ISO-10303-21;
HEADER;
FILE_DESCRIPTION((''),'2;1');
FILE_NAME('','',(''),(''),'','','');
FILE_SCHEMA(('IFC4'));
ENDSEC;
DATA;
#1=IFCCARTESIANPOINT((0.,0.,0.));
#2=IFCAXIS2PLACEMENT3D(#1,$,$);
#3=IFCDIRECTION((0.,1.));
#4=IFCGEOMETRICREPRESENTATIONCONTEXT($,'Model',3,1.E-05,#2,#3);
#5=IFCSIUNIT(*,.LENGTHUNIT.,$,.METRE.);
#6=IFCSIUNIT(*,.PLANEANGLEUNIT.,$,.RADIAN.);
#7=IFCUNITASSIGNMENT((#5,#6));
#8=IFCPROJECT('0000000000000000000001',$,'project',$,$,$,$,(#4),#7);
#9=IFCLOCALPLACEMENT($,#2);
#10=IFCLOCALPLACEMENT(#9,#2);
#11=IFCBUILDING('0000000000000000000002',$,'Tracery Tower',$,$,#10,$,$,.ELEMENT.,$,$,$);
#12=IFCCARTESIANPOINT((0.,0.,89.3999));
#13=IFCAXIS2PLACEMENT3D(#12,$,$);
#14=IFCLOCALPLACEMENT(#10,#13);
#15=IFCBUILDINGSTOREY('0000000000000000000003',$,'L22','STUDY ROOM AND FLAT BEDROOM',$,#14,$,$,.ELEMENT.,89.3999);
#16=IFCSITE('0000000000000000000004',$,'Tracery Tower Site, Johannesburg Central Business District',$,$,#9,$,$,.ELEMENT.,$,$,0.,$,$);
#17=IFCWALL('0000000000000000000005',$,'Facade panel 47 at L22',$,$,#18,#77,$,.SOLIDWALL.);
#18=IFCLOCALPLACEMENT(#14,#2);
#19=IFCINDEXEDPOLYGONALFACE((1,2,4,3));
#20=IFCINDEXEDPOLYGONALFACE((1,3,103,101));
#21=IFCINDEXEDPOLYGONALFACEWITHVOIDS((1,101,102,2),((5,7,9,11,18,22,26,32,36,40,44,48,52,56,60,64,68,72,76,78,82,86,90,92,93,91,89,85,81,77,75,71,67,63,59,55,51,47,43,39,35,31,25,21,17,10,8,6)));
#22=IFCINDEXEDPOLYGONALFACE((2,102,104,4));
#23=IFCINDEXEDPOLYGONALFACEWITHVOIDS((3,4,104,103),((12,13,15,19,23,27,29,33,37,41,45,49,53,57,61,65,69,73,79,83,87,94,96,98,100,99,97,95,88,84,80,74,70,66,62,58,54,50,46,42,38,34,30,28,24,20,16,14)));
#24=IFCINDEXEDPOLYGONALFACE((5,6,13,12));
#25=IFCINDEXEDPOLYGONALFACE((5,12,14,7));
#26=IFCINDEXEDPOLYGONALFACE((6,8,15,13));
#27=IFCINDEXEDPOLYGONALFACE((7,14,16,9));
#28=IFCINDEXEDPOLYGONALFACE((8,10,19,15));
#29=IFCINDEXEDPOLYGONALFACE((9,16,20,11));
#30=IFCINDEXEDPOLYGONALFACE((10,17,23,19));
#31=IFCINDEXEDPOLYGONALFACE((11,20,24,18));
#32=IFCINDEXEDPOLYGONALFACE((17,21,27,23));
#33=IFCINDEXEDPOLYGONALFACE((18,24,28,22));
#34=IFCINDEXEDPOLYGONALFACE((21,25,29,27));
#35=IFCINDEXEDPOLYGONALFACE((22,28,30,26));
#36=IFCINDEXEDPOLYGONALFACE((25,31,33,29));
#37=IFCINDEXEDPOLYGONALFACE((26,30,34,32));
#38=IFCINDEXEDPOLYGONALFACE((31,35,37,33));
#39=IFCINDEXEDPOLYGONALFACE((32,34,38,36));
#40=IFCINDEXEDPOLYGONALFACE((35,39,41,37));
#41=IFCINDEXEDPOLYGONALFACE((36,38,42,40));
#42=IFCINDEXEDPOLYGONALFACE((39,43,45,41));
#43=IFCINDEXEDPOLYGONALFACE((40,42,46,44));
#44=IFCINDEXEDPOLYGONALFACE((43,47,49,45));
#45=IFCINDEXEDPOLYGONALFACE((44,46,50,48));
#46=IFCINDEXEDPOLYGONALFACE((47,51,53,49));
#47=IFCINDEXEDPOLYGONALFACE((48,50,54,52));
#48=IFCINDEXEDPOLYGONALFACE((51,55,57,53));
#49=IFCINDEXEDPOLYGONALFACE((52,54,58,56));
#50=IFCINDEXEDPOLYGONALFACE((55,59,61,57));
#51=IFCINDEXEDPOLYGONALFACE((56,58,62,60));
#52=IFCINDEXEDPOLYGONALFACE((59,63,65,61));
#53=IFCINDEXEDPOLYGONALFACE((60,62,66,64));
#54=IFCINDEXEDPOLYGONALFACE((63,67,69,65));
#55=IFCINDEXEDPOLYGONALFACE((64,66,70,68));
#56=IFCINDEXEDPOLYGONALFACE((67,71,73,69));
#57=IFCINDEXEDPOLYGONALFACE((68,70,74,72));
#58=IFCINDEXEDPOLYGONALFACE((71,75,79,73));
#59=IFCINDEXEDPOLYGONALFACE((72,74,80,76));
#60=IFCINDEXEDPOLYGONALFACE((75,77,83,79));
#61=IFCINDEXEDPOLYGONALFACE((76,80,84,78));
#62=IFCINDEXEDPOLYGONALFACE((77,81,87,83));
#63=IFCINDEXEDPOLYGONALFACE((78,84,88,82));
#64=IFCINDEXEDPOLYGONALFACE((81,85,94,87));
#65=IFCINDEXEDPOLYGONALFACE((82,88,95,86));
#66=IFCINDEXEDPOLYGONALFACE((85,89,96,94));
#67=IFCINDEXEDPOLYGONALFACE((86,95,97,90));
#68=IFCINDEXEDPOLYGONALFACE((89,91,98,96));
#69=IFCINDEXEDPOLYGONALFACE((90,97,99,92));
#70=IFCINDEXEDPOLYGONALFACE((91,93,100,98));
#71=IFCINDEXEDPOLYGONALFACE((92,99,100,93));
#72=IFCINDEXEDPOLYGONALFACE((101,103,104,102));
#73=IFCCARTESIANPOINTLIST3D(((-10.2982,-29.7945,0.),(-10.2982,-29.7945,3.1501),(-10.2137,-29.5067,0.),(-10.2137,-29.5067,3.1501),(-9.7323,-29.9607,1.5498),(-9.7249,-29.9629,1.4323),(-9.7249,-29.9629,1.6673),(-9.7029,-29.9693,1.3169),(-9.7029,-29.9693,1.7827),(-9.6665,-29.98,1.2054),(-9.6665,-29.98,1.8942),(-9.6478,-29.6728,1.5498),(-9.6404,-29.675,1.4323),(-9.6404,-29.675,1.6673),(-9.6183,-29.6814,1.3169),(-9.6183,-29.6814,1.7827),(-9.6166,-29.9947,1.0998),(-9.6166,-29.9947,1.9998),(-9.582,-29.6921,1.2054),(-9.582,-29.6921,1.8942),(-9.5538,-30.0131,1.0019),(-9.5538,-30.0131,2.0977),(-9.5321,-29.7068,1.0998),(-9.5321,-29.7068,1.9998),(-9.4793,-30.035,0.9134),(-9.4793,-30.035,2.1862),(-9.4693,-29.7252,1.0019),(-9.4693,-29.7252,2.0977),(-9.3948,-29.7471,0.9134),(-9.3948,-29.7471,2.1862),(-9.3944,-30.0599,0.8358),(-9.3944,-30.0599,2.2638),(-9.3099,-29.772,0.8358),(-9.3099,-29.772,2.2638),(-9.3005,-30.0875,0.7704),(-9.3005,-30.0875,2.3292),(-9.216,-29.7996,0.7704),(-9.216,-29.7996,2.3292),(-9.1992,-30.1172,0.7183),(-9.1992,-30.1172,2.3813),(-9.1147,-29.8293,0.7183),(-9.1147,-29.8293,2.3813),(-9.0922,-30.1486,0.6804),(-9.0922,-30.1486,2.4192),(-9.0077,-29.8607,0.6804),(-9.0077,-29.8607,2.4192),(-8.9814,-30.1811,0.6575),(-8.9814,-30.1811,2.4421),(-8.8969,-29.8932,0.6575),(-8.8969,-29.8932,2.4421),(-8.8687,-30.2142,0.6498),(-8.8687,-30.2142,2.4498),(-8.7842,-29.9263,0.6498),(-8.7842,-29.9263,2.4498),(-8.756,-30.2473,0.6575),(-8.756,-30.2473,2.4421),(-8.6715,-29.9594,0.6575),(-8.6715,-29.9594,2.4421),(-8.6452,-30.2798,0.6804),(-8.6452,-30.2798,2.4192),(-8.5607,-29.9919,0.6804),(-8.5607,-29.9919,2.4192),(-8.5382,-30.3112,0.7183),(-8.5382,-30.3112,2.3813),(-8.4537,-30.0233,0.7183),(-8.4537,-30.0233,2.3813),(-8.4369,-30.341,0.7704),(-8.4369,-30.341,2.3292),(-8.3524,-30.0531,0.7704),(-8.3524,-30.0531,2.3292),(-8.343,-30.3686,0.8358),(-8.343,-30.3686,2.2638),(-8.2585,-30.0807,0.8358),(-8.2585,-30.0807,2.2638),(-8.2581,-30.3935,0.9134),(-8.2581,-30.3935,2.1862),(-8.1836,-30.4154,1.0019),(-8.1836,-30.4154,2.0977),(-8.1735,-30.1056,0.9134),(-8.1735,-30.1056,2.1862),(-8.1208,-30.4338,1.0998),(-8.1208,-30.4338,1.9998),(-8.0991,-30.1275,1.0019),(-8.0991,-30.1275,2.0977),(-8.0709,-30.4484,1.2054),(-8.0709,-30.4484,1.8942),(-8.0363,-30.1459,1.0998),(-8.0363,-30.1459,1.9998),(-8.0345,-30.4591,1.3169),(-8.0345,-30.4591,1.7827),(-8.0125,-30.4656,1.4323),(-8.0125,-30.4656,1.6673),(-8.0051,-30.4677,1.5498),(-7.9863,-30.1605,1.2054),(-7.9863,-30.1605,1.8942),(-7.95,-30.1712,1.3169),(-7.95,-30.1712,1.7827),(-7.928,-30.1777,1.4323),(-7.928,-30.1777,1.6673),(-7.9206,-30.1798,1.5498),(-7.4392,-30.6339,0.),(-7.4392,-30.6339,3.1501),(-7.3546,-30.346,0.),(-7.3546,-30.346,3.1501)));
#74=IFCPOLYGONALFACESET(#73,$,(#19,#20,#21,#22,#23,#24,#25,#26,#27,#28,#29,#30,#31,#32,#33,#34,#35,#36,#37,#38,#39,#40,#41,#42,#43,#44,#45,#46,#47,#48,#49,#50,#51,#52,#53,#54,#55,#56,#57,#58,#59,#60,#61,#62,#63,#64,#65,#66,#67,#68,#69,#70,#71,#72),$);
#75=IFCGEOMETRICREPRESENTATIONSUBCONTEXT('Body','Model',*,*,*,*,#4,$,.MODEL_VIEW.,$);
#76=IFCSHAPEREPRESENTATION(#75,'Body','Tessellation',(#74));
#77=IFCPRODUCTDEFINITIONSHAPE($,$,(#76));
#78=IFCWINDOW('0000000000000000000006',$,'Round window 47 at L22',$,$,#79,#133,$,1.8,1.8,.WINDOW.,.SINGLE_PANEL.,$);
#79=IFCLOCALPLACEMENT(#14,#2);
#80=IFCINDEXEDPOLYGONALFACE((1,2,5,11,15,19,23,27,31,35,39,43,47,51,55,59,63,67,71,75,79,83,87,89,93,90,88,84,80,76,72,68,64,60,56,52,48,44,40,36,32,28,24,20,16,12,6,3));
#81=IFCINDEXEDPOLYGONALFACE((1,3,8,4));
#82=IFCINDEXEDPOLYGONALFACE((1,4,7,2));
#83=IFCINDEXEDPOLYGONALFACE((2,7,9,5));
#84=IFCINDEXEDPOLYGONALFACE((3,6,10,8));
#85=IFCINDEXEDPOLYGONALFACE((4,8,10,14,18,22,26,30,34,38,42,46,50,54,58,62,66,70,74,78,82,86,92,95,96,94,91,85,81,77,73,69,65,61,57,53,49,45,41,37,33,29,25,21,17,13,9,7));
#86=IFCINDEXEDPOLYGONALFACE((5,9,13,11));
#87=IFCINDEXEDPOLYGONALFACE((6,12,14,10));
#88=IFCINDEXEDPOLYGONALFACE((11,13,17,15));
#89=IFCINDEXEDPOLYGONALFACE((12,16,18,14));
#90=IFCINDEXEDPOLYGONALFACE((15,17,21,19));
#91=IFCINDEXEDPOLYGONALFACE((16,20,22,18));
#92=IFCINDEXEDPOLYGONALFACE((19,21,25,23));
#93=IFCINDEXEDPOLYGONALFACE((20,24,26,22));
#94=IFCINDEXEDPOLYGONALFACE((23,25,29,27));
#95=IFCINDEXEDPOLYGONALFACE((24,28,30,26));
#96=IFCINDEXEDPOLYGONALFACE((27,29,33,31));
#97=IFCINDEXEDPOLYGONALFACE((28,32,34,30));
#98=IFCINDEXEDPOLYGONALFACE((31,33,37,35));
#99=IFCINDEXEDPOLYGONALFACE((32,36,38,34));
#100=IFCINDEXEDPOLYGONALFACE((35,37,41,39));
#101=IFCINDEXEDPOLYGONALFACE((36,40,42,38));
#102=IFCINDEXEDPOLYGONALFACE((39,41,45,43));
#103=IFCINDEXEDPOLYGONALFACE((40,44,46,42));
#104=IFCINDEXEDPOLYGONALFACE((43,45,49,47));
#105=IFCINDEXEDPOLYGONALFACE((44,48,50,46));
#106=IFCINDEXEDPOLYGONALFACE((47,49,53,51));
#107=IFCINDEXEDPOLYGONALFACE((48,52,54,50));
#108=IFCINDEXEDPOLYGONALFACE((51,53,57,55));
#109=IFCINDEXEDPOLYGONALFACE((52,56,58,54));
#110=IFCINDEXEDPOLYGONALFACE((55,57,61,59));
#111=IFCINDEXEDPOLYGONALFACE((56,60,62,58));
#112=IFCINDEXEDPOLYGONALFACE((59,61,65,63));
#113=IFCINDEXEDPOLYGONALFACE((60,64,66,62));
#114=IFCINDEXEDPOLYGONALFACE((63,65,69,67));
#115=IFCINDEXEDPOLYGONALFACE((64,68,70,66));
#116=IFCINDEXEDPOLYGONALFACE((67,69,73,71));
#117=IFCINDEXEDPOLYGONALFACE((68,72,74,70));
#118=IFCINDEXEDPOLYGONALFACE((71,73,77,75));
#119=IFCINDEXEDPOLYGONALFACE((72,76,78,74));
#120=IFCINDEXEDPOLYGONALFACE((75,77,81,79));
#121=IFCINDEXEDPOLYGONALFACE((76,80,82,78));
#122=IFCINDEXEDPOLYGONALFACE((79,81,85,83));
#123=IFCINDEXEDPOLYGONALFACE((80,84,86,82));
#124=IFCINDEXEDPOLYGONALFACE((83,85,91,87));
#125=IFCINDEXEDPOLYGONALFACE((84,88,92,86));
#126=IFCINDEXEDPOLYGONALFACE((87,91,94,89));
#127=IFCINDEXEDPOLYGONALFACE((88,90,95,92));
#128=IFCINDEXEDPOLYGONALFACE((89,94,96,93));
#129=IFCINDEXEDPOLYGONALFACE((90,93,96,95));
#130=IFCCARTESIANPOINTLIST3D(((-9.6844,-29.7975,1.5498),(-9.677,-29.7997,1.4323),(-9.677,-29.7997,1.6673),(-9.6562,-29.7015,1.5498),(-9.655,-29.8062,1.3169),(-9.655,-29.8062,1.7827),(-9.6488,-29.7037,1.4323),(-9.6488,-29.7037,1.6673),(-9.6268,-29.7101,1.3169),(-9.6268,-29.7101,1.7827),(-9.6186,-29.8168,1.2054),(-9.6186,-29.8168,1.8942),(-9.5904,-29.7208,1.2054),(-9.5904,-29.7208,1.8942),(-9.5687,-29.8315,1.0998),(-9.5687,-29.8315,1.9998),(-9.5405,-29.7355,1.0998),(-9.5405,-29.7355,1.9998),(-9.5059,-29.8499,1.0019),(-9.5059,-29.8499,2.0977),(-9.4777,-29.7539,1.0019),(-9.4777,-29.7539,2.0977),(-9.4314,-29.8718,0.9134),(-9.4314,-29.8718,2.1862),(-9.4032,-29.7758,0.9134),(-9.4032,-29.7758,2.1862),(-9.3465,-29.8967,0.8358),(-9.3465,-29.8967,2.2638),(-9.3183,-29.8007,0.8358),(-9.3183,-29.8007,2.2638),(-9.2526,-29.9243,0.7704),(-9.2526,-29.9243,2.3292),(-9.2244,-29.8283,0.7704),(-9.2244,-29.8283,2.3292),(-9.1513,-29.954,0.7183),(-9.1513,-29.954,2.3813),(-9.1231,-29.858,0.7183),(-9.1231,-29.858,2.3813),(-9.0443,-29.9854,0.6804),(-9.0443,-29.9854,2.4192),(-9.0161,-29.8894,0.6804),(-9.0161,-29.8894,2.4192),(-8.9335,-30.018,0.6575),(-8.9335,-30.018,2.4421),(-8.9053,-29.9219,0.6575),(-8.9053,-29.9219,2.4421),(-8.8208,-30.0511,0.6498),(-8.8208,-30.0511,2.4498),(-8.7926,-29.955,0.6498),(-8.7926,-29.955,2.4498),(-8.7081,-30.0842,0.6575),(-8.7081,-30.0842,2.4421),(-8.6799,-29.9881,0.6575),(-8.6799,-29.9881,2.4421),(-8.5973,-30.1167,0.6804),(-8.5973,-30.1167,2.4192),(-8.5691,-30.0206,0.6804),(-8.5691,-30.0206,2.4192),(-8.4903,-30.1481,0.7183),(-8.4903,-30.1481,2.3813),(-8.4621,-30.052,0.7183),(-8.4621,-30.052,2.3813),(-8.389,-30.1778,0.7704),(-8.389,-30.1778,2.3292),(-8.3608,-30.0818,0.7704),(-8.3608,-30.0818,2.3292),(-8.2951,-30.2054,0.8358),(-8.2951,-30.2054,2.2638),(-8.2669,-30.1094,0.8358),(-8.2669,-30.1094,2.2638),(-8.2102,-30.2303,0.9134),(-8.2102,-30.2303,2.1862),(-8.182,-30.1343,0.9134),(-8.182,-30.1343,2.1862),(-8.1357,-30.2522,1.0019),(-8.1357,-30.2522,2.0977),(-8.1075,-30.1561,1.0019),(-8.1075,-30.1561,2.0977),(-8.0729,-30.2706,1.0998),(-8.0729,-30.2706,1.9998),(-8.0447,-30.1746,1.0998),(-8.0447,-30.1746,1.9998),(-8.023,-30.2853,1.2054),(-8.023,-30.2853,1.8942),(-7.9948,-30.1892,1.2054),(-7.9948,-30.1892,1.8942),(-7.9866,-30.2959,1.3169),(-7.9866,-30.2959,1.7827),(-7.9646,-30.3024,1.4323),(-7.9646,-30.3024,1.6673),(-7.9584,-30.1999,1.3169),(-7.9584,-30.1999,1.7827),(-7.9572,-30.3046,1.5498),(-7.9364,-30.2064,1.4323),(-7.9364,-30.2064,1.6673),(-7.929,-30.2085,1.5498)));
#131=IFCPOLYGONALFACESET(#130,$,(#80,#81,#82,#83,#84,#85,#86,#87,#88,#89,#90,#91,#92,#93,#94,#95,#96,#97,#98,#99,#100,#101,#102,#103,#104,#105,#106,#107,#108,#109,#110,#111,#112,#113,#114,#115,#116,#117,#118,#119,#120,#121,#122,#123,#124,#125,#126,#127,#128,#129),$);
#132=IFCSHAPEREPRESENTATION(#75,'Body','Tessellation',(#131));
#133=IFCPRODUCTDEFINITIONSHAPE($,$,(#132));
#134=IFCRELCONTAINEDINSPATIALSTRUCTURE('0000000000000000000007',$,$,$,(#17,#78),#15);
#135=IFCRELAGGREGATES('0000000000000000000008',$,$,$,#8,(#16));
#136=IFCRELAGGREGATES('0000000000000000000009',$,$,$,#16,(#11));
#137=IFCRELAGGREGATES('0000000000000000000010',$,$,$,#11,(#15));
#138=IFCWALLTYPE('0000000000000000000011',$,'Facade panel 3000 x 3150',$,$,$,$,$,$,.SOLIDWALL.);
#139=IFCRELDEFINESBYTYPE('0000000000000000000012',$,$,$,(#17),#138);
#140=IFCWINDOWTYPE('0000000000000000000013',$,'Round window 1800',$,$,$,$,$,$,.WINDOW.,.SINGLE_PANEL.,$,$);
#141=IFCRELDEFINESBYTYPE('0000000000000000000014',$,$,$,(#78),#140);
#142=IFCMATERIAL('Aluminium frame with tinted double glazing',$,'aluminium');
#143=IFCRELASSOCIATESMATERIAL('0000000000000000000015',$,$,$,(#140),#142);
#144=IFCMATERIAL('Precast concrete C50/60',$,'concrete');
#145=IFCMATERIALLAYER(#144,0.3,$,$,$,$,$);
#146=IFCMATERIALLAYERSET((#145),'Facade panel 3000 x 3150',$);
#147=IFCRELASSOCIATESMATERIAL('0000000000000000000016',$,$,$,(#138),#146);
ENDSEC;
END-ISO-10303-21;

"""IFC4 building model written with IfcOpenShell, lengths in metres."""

from ifc_helpers import new_model, si_unit, direction, frame, frame_2d, origin, origin_2d, place, context, subcontext, project, spatial, rectangle, circle, extrude, material, layer, layer_set, type_object, element, fill, save


model = new_model("IFC4")

# Units and contexts
model_context = context("Model", 3, precision=1e-05, world=origin(), true_north=direction((0.0, 1.0)))
body_context = subcontext(model_context, "Body", "Model", "MODEL_VIEW")
ifc_project = project(units=[si_unit("LENGTHUNIT", "METRE"), si_unit("PLANEANGLEUNIT", "RADIAN")], contexts=[model_context])

# Site, building, storey
site_placement = place(None, origin())
site = spatial("IfcSite", under=ifc_project, at=site_placement, Name="Tracery Tower Site, Johannesburg Central Business District", CompositionType="ELEMENT", RefElevation=0.0)
building_placement = place(site_placement, origin())
building = spatial("IfcBuilding", under=site, at=building_placement, Name="Tracery Tower", CompositionType="ELEMENT")
storey_placement = place(building_placement, frame((0.0, 0.0, 89.3999)))
storey = spatial("IfcBuildingStorey", under=building, at=storey_placement, Name="L22", Description="STUDY ROOM AND FLAT BEDROOM", CompositionType="ELEMENT", Elevation=89.3999)

# Wall, opening, window
ifc_material_1 = material(Name="Aluminium frame with tinted double glazing", Category="aluminium")
window_type = type_object("IfcWindowType", Name="Round window 1800", PartitioningType="SINGLE_PANEL", PredefinedType="WINDOW", material=ifc_material_1)
ifc_material_2 = material(Name="Precast concrete C50/60", Category="concrete")
ifc_layer_1 = layer(ifc_material_2, 0.3)
ifc_layer_set_1 = layer_set([ifc_layer_1], Name="Facade panel 3000 x 3150")
wall_type_1 = type_object("IfcWallType", Name="Facade panel 3000 x 3150", PredefinedType="SOLIDWALL", material=ifc_layer_set_1)
wall_1_placement = place(storey_placement, frame((-10.2559, -29.6506, 0.0), z_axis=(0.0, 0.0, 1.0), x_axis=(0.959508, -0.281683, 0.0)))
wall_1 = element("IfcWall", 1, at=wall_1_placement, inside=storey, type_object=wall_type_1, Name="Facade panel 47 at L22", PredefinedType="SOLIDWALL", context=body_context, shape_type="SweptSolid", body=[
    extrude(rectangle(XDim=2.9797, YDim=0.3, at=frame_2d((1.4897, 0.0))), origin(), (0.0, 0.0, 1.0), 3.1501),
])
opening_1_placement = place(wall_1_placement, frame((1.4897, 0.0, 1.5498)))
opening_1 = element("IfcOpeningElement", 2, at=opening_1_placement, cuts=wall_1, PredefinedType="OPENING", context=body_context, shape_type="SweptSolid", body=[
    extrude(circle(Radius=0.9, at=origin_2d()), frame((0.0, 0.1599, 0.0), z_axis=(0.0, -1.0, 0.0), x_axis=(1.0, 0.0, 0.0)), (0.0, 0.0, 1.0), 0.3201),
])
window_1_placement = place(opening_1_placement, origin())
window_1 = element("IfcWindow", 3, at=window_1_placement, inside=storey, type_object=window_type, Name="Round window 47 at L22", OverallHeight=1.8, OverallWidth=1.8, PartitioningType="SINGLE_PANEL", PredefinedType="WINDOW", context=body_context, shape_type="SweptSolid", body=[
    extrude(circle(Radius=0.9, at=origin_2d()), frame((0.0, 0.1201, 0.0), z_axis=(0.0, -1.0, 0.0), x_axis=(1.0, 0.0, 0.0)), (0.0, 0.0, 1.0), 0.1001),
])
fill(opening_1, window_1)

save(model, "model.ifc")
